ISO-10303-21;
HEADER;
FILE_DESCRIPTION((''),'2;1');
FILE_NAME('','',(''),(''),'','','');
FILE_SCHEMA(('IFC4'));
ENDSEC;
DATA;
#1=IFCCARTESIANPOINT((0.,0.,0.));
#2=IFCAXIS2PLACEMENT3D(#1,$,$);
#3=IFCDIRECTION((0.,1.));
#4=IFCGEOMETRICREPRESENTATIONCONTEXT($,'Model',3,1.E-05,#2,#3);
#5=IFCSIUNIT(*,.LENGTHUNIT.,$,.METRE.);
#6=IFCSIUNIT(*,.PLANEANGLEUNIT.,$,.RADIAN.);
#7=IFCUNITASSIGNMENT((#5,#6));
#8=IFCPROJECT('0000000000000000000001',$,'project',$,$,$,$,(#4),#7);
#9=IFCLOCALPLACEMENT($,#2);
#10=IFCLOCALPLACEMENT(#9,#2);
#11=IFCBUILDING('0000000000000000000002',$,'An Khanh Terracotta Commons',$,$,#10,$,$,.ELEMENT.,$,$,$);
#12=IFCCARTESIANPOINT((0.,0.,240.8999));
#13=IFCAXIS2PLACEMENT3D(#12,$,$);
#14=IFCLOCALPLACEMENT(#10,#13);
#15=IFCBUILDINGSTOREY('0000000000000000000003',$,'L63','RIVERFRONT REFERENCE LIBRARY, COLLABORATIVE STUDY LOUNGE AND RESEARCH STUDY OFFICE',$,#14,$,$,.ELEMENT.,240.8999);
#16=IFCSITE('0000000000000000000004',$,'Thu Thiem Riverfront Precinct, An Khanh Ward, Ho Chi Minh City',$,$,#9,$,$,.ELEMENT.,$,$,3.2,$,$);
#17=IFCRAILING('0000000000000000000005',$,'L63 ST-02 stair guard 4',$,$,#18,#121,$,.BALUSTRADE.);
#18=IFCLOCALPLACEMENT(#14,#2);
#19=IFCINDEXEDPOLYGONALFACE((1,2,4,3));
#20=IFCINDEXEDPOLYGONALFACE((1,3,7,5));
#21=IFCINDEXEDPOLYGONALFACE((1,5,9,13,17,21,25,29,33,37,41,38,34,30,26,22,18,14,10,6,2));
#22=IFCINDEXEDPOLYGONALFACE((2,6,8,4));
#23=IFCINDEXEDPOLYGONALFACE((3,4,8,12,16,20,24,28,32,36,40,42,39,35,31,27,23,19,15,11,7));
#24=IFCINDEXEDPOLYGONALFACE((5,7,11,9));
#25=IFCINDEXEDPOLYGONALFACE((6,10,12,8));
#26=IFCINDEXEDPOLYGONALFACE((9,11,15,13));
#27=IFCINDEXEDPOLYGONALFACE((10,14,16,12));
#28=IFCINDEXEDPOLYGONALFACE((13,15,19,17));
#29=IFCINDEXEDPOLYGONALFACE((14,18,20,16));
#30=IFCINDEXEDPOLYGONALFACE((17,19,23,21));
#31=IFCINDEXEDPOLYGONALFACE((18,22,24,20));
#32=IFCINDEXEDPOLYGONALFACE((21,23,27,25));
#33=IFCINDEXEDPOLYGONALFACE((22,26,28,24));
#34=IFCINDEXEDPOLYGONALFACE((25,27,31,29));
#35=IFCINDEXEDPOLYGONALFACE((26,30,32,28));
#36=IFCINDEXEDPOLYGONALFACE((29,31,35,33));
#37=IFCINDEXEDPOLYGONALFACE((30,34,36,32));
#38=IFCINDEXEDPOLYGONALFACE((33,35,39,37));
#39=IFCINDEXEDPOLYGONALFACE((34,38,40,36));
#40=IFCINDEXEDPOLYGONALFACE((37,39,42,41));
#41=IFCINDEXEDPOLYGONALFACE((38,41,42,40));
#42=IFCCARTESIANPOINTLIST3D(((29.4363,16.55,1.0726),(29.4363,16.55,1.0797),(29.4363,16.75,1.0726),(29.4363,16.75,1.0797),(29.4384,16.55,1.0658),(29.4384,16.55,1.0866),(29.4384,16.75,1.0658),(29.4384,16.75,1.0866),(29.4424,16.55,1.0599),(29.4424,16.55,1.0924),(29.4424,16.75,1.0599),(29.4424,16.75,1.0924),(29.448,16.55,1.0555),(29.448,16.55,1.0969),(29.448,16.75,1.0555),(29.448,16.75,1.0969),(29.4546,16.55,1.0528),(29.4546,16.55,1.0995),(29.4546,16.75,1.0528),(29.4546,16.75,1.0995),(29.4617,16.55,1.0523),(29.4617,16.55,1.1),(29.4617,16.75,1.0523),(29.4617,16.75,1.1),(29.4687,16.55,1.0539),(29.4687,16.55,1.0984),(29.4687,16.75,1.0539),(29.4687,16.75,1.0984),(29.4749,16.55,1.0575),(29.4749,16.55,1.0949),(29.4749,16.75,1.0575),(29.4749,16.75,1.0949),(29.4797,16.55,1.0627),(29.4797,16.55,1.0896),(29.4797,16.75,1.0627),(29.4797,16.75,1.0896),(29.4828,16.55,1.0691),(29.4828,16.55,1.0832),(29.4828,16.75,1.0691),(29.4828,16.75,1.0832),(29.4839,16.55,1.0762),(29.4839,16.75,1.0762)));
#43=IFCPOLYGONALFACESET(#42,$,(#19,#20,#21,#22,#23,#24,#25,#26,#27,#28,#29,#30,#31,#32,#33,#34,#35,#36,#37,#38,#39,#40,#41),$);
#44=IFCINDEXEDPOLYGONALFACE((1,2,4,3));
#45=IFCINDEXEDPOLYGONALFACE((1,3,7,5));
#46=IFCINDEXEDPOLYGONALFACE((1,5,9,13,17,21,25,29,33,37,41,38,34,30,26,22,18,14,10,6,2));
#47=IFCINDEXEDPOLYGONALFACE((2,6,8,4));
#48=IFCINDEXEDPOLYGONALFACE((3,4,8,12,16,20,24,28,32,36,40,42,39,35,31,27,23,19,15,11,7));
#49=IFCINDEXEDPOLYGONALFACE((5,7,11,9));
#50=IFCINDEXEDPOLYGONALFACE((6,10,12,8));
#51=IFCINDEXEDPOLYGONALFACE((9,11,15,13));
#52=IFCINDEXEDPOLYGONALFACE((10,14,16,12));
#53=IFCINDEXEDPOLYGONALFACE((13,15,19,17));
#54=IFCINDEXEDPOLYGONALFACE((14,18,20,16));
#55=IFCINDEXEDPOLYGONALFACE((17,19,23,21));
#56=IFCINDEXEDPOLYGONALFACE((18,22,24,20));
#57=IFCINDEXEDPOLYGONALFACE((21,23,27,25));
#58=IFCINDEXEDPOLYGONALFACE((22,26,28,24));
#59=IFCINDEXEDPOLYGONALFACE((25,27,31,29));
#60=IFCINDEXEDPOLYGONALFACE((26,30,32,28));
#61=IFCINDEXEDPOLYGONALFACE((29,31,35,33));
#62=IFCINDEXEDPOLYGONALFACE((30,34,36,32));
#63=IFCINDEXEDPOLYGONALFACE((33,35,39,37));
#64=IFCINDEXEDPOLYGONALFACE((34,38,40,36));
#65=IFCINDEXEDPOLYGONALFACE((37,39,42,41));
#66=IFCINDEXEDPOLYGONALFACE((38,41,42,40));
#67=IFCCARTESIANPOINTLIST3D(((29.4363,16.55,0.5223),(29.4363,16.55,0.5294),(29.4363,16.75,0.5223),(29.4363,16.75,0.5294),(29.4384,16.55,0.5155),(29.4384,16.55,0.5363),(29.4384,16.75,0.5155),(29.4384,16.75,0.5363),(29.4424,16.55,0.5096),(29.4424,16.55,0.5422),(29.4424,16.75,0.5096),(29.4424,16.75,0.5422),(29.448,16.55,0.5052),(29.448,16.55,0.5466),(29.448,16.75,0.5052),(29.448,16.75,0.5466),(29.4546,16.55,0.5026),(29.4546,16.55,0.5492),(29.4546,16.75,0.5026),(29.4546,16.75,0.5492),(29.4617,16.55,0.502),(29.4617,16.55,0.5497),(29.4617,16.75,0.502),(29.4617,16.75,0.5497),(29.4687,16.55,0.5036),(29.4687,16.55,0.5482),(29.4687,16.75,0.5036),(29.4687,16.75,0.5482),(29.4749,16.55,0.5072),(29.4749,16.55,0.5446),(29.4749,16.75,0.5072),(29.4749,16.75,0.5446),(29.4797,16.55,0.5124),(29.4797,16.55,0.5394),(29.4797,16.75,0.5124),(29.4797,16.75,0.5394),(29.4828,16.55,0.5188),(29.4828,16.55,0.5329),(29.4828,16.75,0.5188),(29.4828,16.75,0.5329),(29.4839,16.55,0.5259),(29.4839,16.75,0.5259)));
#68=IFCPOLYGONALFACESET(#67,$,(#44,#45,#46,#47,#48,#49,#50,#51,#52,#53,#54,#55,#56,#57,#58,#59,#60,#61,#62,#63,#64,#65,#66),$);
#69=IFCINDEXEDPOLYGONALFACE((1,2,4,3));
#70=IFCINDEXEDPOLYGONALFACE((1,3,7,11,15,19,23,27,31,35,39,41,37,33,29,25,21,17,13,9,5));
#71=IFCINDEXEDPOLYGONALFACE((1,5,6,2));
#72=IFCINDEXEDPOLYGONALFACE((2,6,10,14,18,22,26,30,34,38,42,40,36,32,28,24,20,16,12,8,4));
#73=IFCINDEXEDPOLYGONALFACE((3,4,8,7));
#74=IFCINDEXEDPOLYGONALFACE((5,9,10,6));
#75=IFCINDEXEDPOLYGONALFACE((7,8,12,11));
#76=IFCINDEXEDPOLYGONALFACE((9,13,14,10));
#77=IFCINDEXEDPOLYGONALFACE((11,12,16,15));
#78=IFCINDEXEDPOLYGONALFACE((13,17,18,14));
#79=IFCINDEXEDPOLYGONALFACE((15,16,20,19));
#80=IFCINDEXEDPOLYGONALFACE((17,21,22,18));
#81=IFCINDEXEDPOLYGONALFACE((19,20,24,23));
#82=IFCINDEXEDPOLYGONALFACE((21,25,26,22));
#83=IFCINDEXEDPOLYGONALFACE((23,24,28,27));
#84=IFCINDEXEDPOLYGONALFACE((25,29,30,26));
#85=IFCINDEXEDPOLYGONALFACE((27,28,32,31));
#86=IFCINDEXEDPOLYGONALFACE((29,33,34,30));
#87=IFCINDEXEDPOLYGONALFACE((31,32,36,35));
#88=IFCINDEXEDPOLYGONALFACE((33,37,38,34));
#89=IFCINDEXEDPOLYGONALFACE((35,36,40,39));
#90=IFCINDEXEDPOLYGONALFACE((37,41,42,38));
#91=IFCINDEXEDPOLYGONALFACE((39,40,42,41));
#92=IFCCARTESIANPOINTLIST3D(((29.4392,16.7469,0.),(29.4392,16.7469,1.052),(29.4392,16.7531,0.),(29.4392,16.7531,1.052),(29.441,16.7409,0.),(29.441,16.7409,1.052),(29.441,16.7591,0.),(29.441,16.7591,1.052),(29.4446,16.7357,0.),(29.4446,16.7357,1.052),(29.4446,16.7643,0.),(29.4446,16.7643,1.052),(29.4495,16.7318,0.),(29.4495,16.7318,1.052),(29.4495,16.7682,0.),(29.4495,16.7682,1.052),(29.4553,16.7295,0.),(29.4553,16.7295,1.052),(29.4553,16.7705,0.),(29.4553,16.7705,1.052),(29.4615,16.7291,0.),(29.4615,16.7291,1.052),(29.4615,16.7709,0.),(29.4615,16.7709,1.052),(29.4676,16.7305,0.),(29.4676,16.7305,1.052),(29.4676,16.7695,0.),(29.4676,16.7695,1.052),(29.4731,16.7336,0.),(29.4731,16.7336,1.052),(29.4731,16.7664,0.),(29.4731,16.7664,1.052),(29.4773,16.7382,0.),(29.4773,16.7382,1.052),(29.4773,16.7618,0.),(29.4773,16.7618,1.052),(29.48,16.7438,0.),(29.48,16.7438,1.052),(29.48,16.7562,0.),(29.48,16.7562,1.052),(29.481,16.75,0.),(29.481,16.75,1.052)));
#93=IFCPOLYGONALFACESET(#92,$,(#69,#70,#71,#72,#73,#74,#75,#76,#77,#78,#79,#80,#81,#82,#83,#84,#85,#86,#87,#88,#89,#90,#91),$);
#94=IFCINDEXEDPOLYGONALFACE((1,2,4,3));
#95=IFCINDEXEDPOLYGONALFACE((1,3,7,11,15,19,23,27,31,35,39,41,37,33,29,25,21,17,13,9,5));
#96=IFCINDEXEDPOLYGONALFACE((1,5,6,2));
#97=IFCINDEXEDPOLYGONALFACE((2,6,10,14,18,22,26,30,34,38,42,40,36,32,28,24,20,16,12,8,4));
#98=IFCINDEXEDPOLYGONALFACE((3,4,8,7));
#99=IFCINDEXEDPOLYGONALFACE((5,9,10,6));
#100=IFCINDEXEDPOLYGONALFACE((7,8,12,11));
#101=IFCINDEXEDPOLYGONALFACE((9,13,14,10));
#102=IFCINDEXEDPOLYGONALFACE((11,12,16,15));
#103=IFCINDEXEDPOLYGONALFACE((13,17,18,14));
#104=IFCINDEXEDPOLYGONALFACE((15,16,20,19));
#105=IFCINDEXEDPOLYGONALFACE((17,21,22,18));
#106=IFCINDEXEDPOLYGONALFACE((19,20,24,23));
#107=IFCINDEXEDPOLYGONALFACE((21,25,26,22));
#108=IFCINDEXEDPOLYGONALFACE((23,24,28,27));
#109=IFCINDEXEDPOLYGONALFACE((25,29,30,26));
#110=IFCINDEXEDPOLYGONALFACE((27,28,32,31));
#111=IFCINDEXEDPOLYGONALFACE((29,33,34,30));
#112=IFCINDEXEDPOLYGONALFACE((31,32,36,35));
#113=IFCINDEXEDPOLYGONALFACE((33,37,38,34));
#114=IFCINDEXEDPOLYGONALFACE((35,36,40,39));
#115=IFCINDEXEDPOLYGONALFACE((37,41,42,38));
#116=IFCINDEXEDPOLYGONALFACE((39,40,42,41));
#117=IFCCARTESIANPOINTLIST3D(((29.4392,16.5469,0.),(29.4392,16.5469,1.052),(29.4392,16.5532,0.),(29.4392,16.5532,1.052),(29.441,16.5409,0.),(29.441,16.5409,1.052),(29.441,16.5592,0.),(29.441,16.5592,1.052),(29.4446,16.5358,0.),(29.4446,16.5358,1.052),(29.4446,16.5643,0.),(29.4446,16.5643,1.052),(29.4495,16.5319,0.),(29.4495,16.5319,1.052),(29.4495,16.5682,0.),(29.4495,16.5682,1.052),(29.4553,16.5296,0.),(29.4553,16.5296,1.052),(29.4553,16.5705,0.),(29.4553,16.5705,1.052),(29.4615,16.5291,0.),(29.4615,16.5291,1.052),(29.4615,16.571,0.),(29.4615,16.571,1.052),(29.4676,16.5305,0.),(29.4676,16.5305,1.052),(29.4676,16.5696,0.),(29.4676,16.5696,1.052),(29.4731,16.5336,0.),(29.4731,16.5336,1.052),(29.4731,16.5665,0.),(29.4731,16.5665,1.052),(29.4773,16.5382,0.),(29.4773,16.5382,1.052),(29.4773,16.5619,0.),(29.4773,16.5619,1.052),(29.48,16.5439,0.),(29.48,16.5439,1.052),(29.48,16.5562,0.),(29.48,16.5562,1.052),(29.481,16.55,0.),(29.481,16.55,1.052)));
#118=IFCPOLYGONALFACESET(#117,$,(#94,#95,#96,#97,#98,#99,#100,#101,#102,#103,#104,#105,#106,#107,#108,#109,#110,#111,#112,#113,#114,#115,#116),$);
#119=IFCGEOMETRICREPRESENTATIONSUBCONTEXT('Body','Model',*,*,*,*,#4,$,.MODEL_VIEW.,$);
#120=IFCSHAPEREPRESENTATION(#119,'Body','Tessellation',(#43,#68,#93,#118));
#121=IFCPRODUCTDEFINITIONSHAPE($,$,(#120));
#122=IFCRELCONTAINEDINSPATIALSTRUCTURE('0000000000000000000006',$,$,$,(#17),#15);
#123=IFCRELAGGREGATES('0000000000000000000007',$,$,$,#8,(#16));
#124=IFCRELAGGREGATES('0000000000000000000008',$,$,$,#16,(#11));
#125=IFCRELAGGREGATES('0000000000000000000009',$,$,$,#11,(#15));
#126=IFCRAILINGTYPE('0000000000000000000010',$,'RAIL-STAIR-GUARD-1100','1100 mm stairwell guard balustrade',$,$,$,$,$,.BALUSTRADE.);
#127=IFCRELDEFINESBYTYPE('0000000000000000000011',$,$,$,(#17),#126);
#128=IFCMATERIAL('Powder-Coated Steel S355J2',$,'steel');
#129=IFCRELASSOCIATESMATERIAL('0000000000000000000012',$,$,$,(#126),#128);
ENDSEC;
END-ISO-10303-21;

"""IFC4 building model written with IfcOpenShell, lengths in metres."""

from ifc_helpers import new_model, si_unit, direction, frame, origin, origin_2d, place, context, subcontext, project, spatial, circle, extrude, material, type_object, element, save


model = new_model("IFC4")

# Units and contexts
model_context = context("Model", 3, precision=1e-05, world=origin(), true_north=direction((0.0, 1.0)))
body_context = subcontext(model_context, "Body", "Model", "MODEL_VIEW")
ifc_project = project(units=[si_unit("LENGTHUNIT", "METRE"), si_unit("PLANEANGLEUNIT", "RADIAN")], contexts=[model_context])

# Site, building, storey
site_placement = place(None, origin())
site = spatial("IfcSite", under=ifc_project, at=site_placement, Name="Thu Thiem Riverfront Precinct, An Khanh Ward, Ho Chi Minh City", CompositionType="ELEMENT", RefElevation=3.2)
building_placement = place(site_placement, origin())
building = spatial("IfcBuilding", under=site, at=building_placement, Name="An Khanh Terracotta Commons", CompositionType="ELEMENT")
storey_placement = place(building_placement, frame((0.0, 0.0, 240.8999)))
storey = spatial("IfcBuildingStorey", under=building, at=storey_placement, Name="L63", Description="RIVERFRONT REFERENCE LIBRARY, COLLABORATIVE STUDY LOUNGE AND RESEARCH STUDY OFFICE", CompositionType="ELEMENT", Elevation=240.8999)

# Railing
ifc_material_1 = material(Name="Powder-Coated Steel S355J2", Category="steel")
railing_type = type_object("IfcRailingType", Name="RAIL-STAIR-GUARD-1100", Description="1100 mm stairwell guard balustrade", PredefinedType="BALUSTRADE", material=ifc_material_1)
railing_1_placement = place(storey_placement, frame((29.46, 16.75, 0.0)))
element("IfcRailing", 1, at=railing_1_placement, inside=storey, type_object=railing_type, Name="L63 ST-02 stair guard 4", PredefinedType="BALUSTRADE", context=body_context, shape_type="SweptSolid", body=[
    extrude(circle(Radius=0.0239, at=origin_2d()), frame((0.0, 0.0, 1.0762), z_axis=(0.0, -1.0, 0.0), x_axis=(1.0, 0.0, 0.0)), (0.0, 0.0, 1.0), 0.2),
    extrude(circle(Radius=0.0239, at=origin_2d()), frame((0.0, 0.0, 0.5259), z_axis=(0.0, -1.0, 0.0), x_axis=(1.0, 0.0, 0.0)), (0.0, 0.0, 1.0), 0.2),
    extrude(circle(Radius=0.021, at=origin_2d()), origin(), (0.0, 0.0, 1.0), 1.052),
    extrude(circle(Radius=0.021, at=origin_2d()), frame((0.0, -0.2, 0.0)), (0.0, 0.0, 1.0), 1.052),
])

save(model, "model.ifc")
